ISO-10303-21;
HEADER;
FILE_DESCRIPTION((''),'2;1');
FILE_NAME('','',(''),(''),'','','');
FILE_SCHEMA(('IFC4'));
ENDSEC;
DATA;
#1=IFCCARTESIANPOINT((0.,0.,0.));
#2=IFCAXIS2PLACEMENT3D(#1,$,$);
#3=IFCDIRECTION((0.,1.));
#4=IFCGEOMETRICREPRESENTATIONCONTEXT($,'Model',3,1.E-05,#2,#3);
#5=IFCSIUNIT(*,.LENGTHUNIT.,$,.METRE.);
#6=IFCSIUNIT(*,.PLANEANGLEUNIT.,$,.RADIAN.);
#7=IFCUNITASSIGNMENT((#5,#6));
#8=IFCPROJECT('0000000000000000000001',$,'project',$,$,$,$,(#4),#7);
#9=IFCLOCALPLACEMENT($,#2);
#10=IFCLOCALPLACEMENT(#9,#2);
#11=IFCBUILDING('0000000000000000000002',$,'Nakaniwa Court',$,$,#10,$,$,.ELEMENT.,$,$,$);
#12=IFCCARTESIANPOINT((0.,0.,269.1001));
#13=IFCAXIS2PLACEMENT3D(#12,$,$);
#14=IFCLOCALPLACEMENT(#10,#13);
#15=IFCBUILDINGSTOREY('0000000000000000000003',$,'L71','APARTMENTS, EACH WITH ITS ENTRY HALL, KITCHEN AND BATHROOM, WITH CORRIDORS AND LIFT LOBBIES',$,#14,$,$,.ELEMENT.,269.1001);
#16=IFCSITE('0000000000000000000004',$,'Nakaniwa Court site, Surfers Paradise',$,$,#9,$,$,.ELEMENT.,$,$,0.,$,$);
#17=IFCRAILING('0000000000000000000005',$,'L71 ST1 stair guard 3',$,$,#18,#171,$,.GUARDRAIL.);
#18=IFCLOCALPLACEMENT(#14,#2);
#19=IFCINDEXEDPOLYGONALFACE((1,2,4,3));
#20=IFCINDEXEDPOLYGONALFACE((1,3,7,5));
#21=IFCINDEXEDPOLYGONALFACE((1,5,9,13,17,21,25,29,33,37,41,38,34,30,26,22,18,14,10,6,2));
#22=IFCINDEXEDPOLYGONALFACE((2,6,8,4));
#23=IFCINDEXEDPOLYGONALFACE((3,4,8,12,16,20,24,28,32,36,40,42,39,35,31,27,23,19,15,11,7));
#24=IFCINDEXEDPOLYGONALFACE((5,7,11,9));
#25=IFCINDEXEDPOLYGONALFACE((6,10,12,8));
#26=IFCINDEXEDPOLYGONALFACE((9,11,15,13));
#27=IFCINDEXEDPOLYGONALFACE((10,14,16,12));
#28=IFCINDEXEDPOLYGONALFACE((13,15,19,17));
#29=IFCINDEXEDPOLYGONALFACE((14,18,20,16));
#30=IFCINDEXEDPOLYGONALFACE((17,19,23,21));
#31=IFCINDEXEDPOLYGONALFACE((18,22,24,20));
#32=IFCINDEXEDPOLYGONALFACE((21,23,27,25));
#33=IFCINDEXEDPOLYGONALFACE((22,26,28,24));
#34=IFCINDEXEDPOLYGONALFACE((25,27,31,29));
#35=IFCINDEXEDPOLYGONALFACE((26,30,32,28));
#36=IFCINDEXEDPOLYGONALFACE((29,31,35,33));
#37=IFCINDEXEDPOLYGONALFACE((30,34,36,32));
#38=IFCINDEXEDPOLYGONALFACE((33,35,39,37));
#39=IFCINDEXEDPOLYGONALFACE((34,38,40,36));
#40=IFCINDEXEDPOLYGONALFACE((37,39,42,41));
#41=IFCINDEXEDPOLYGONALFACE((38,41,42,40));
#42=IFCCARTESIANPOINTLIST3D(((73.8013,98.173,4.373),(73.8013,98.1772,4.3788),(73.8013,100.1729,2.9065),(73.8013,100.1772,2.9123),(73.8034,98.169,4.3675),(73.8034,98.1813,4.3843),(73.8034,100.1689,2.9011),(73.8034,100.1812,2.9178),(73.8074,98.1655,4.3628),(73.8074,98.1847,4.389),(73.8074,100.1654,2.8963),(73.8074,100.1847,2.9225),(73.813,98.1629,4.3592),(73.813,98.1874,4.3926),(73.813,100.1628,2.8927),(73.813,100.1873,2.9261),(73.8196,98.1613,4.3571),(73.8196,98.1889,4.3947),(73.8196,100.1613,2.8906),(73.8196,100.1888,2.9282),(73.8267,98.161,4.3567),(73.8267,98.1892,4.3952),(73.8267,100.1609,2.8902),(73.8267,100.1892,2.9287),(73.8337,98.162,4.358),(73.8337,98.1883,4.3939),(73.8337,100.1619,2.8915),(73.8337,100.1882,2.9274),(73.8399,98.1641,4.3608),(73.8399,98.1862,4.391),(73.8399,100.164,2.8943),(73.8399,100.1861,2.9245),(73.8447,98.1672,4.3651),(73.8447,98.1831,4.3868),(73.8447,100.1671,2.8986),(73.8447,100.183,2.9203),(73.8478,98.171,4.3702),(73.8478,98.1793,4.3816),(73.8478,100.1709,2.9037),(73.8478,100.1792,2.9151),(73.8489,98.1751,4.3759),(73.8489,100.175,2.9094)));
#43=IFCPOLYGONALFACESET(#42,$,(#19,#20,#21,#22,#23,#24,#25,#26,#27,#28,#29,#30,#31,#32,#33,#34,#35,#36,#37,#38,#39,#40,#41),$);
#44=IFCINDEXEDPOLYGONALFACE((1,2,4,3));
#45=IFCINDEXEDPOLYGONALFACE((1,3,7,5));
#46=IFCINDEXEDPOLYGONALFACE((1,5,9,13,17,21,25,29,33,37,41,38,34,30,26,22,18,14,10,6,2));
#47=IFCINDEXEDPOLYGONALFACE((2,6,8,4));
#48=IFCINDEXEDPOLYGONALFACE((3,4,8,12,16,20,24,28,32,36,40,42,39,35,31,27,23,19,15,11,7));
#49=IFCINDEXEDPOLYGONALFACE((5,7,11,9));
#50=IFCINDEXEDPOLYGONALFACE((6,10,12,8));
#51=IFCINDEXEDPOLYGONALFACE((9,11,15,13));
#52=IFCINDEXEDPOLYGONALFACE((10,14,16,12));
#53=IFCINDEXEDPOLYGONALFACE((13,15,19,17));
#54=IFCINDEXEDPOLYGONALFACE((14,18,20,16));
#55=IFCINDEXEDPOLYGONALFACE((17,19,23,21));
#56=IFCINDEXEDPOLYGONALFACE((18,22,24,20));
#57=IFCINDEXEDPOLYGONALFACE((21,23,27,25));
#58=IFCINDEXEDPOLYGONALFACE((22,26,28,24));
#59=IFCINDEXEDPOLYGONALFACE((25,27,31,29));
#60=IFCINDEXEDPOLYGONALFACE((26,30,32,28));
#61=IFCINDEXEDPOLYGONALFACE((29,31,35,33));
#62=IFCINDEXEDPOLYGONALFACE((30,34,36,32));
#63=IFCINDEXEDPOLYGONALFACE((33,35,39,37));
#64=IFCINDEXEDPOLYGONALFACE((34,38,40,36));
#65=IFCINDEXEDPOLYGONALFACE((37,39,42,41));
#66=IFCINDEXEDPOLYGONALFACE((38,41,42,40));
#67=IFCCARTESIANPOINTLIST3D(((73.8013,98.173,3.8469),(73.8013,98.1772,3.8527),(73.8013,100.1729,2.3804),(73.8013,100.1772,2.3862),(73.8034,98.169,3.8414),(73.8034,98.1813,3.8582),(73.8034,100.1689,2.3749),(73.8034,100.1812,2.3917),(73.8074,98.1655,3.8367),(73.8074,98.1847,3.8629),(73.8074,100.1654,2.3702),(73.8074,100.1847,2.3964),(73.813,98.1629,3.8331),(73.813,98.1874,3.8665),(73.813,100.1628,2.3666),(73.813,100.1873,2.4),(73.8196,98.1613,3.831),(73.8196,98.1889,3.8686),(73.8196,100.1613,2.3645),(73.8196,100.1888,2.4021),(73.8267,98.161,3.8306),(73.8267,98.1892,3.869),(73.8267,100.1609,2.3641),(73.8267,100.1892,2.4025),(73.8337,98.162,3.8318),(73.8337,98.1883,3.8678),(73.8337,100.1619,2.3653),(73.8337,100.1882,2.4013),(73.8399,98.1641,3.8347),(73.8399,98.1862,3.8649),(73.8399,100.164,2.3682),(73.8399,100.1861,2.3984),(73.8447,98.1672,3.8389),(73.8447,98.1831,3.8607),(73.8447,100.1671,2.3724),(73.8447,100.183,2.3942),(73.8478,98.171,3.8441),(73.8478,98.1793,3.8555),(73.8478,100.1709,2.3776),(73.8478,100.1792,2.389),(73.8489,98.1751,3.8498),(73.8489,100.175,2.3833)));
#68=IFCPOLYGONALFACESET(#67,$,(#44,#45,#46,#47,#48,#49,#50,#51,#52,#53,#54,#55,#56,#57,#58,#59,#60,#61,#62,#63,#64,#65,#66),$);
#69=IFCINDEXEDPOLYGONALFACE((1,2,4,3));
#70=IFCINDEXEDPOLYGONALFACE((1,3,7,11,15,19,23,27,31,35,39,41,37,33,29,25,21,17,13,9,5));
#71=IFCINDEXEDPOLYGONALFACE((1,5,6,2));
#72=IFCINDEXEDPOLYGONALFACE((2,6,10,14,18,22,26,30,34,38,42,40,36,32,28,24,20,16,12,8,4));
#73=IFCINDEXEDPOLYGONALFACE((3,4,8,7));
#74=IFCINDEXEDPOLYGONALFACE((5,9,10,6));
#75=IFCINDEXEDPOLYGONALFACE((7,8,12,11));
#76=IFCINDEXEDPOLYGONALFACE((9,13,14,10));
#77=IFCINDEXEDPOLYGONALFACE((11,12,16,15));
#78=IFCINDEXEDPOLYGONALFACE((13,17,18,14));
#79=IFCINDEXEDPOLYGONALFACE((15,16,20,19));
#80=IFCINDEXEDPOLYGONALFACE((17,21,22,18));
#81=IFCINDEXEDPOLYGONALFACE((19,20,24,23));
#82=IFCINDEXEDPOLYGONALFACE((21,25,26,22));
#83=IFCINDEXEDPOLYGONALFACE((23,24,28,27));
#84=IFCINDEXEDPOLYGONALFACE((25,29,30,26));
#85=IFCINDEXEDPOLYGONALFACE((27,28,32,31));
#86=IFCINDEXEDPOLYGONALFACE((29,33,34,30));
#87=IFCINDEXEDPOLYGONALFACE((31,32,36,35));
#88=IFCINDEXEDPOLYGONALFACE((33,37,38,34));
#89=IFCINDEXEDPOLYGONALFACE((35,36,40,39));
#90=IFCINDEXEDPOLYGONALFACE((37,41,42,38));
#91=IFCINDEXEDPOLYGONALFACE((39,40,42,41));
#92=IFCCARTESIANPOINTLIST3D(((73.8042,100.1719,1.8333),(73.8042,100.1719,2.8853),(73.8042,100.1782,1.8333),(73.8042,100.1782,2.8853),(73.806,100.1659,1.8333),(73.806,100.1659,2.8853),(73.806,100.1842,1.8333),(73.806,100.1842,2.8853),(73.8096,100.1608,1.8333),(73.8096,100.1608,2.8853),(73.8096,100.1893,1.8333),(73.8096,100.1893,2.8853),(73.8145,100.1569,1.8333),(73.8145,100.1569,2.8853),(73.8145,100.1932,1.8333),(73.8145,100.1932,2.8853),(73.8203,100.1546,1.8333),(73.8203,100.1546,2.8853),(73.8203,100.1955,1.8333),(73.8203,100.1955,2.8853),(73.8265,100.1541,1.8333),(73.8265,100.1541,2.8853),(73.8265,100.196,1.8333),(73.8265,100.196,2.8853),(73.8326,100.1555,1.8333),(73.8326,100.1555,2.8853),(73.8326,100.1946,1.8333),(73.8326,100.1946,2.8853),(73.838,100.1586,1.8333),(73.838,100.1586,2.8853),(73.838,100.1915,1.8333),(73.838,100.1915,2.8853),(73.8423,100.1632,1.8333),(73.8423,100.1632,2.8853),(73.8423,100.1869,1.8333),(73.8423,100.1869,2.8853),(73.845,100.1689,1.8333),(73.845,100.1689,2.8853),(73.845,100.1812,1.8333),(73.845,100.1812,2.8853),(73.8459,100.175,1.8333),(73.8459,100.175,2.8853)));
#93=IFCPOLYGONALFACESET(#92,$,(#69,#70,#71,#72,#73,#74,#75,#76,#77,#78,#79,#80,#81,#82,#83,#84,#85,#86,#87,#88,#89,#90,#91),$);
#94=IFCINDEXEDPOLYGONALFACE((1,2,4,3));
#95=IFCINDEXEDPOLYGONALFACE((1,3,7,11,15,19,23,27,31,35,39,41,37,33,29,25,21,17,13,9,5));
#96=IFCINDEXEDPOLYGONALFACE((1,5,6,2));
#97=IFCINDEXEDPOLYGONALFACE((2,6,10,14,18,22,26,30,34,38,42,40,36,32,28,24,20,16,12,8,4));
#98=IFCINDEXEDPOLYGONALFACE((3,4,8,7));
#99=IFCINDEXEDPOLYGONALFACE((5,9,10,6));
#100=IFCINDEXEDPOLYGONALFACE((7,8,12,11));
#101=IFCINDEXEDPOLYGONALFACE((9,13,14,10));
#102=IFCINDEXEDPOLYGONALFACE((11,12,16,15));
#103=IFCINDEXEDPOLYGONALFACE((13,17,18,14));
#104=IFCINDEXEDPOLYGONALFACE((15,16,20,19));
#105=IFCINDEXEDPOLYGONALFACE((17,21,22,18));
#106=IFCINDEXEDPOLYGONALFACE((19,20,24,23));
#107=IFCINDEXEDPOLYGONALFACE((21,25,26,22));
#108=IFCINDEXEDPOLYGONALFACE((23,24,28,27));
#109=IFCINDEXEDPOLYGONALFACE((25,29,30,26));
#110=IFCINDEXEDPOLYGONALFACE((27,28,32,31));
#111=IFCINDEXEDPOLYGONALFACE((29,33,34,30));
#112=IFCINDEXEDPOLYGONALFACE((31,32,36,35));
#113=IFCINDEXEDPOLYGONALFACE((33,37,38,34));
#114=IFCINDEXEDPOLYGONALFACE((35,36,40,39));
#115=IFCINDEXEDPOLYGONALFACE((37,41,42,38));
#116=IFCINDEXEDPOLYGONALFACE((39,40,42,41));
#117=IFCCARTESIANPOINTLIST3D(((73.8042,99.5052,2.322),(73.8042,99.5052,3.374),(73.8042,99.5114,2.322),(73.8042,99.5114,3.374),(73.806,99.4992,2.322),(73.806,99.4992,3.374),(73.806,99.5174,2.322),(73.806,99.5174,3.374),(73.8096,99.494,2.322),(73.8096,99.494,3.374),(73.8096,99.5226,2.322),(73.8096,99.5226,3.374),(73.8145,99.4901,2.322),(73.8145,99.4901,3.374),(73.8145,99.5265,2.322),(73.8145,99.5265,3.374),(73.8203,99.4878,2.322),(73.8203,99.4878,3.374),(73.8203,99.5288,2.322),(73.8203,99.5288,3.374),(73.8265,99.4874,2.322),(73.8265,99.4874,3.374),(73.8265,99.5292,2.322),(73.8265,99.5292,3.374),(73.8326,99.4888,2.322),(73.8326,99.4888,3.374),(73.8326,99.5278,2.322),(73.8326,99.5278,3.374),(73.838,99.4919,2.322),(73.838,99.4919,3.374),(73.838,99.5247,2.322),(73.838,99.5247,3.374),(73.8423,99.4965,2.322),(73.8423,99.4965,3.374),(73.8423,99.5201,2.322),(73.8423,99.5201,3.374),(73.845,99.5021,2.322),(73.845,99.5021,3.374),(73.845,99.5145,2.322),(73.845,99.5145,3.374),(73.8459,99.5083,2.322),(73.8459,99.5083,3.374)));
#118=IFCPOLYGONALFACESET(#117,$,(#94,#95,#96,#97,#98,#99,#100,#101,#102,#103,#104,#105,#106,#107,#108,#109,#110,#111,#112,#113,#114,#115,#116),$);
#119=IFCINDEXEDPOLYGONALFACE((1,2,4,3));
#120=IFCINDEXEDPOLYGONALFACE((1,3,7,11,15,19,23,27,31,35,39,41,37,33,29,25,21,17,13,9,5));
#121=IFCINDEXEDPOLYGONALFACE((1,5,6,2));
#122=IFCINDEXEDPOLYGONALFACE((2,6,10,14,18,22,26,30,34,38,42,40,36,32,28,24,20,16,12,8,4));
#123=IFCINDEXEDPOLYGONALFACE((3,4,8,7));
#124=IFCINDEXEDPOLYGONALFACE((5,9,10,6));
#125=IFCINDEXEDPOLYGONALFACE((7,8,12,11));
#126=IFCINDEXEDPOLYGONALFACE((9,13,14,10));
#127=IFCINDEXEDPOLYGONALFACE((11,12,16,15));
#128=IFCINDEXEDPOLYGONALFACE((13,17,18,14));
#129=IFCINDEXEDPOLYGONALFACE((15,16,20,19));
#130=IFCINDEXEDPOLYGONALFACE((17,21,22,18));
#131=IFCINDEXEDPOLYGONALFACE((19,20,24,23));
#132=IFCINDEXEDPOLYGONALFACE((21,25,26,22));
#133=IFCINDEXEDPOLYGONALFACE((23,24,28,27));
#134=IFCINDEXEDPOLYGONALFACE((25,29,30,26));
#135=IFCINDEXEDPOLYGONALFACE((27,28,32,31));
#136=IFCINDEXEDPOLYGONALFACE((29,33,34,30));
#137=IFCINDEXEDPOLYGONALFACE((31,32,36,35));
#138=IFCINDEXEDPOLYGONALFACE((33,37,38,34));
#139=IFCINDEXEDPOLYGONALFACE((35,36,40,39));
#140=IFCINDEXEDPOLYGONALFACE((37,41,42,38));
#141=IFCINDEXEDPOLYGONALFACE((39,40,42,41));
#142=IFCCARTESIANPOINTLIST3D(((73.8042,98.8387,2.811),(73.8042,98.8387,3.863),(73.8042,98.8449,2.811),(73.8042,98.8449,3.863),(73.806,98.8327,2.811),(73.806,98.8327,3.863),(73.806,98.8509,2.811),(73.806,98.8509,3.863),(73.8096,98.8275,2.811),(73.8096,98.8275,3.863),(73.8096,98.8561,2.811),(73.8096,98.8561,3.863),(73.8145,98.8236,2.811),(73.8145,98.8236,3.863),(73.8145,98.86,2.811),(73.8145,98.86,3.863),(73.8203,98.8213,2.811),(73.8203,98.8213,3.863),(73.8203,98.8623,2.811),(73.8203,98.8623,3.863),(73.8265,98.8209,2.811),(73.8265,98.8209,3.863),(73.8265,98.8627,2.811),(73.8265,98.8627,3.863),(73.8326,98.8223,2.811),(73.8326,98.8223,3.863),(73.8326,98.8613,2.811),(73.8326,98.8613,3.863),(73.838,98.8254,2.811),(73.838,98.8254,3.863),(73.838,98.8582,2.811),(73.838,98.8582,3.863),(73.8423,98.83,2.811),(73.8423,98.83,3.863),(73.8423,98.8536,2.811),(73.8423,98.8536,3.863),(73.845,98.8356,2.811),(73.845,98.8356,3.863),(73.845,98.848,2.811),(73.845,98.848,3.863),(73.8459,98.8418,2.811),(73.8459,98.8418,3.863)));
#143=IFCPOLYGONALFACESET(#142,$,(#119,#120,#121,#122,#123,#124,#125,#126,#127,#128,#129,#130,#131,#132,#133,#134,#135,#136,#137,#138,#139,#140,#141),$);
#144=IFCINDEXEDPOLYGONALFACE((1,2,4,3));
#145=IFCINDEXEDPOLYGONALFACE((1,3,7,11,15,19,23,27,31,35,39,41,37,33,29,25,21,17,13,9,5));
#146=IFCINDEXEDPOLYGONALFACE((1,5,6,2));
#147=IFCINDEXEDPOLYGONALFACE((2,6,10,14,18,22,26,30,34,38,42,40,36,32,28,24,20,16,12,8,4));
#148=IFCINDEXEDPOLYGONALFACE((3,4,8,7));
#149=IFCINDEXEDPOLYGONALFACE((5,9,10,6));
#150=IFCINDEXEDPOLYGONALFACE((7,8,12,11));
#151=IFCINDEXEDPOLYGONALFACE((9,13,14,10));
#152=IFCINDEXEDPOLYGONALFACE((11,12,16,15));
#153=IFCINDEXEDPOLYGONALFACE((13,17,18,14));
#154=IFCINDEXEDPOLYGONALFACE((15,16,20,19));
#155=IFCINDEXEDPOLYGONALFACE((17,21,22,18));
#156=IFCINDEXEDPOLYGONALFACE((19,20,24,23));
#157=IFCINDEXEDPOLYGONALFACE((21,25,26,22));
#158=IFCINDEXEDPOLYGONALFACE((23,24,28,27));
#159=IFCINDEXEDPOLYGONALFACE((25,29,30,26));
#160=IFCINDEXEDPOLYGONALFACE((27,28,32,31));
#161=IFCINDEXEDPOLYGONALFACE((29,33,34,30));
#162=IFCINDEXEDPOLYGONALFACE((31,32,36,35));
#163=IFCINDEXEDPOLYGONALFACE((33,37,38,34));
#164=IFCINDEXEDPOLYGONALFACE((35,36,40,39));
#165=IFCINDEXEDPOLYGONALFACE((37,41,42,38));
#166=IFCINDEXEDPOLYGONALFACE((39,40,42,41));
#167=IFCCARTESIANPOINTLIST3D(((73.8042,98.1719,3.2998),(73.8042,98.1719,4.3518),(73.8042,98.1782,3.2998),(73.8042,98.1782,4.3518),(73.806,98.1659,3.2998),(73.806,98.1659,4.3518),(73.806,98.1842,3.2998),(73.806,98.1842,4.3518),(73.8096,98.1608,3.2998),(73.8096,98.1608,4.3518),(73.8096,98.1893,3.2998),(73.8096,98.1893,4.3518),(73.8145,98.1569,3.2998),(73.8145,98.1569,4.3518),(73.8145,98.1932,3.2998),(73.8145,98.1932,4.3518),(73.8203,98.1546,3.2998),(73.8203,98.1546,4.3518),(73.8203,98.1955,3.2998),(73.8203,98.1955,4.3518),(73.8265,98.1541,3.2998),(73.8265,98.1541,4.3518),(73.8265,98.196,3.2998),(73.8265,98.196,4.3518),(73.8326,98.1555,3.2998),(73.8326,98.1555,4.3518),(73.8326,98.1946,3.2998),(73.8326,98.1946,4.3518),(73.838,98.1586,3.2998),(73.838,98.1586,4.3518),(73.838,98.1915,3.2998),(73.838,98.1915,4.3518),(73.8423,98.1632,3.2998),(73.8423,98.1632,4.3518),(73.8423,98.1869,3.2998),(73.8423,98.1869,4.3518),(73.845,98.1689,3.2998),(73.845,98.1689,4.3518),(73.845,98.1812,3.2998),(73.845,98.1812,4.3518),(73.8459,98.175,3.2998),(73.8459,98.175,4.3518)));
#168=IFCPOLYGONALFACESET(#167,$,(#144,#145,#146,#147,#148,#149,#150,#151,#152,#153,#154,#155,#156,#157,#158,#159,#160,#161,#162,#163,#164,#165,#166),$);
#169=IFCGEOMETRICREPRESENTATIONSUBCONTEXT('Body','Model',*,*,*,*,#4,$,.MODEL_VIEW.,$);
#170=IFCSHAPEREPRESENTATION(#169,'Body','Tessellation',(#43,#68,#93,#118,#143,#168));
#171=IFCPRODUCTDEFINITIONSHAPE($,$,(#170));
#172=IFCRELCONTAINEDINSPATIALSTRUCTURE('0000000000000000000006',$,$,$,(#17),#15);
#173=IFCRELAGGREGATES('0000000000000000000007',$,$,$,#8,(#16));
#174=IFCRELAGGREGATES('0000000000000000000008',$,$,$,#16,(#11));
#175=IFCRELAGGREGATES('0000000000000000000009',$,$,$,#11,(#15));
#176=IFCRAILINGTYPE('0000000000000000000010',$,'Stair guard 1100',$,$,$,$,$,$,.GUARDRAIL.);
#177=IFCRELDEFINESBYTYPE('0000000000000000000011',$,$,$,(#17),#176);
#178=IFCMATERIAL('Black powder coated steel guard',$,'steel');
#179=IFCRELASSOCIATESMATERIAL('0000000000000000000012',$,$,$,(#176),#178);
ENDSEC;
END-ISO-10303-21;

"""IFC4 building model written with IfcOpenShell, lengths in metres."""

from ifc_helpers import new_model, si_unit, direction, frame, origin, origin_2d, place, context, subcontext, project, spatial, circle, extrude, material, type_object, element, save


model = new_model("IFC4")

# Units and contexts
model_context = context("Model", 3, precision=1e-05, world=origin(), true_north=direction((0.0, 1.0)))
body_context = subcontext(model_context, "Body", "Model", "MODEL_VIEW")
ifc_project = project(units=[si_unit("LENGTHUNIT", "METRE"), si_unit("PLANEANGLEUNIT", "RADIAN")], contexts=[model_context])

# Site, building, storey
site_placement = place(None, origin())
site = spatial("IfcSite", under=ifc_project, at=site_placement, Name="Nakaniwa Court site, Surfers Paradise", CompositionType="ELEMENT", RefElevation=0.0)
building_placement = place(site_placement, origin())
building = spatial("IfcBuilding", under=site, at=building_placement, Name="Nakaniwa Court", CompositionType="ELEMENT")
storey_placement = place(building_placement, frame((0.0, 0.0, 269.1001)))
storey = spatial("IfcBuildingStorey", under=building, at=storey_placement, Name="L71", Description="APARTMENTS, EACH WITH ITS ENTRY HALL, KITCHEN AND BATHROOM, WITH CORRIDORS AND LIFT LOBBIES", CompositionType="ELEMENT", Elevation=269.1001)

# Railing
ifc_material_1 = material(Name="Black powder coated steel guard", Category="steel")
railing_type_1 = type_object("IfcRailingType", Name="Stair guard 1100", PredefinedType="GUARDRAIL", material=ifc_material_1)
railing_1_placement = place(storey_placement, frame((73.825, 100.175, 1.8333)))
element("IfcRailing", 1, at=railing_1_placement, inside=storey, type_object=railing_type_1, Name="L71 ST1 stair guard 3", PredefinedType="GUARDRAIL", context=body_context, shape_type="SweptSolid", body=[
    extrude(circle(Radius=0.0239, at=origin_2d()), frame((0.0, 0.0, 1.0762), z_axis=(0.0, -0.806427, 0.591334), x_axis=(1.0, 0.0, 0.0)), (0.0, 0.0, 1.0), 2.48),
    extrude(circle(Radius=0.0239, at=origin_2d()), frame((0.0, 0.0, 0.55), z_axis=(0.0, -0.806427, 0.591334), x_axis=(1.0, 0.0, 0.0)), (0.0, 0.0, 1.0), 2.48),
    extrude(circle(Radius=0.021, at=origin_2d()), origin(), (0.0, 0.0, 1.0), 1.052),
    extrude(circle(Radius=0.021, at=origin_2d()), frame((0.0, -0.6667, 0.4888)), (0.0, 0.0, 1.0), 1.052),
    extrude(circle(Radius=0.021, at=origin_2d()), frame((0.0, -1.3333, 0.9778)), (0.0, 0.0, 1.0), 1.052),
    extrude(circle(Radius=0.021, at=origin_2d()), frame((0.0, -2.0, 1.4666)), (0.0, 0.0, 1.0), 1.052),
])

save(model, "model.ifc")
